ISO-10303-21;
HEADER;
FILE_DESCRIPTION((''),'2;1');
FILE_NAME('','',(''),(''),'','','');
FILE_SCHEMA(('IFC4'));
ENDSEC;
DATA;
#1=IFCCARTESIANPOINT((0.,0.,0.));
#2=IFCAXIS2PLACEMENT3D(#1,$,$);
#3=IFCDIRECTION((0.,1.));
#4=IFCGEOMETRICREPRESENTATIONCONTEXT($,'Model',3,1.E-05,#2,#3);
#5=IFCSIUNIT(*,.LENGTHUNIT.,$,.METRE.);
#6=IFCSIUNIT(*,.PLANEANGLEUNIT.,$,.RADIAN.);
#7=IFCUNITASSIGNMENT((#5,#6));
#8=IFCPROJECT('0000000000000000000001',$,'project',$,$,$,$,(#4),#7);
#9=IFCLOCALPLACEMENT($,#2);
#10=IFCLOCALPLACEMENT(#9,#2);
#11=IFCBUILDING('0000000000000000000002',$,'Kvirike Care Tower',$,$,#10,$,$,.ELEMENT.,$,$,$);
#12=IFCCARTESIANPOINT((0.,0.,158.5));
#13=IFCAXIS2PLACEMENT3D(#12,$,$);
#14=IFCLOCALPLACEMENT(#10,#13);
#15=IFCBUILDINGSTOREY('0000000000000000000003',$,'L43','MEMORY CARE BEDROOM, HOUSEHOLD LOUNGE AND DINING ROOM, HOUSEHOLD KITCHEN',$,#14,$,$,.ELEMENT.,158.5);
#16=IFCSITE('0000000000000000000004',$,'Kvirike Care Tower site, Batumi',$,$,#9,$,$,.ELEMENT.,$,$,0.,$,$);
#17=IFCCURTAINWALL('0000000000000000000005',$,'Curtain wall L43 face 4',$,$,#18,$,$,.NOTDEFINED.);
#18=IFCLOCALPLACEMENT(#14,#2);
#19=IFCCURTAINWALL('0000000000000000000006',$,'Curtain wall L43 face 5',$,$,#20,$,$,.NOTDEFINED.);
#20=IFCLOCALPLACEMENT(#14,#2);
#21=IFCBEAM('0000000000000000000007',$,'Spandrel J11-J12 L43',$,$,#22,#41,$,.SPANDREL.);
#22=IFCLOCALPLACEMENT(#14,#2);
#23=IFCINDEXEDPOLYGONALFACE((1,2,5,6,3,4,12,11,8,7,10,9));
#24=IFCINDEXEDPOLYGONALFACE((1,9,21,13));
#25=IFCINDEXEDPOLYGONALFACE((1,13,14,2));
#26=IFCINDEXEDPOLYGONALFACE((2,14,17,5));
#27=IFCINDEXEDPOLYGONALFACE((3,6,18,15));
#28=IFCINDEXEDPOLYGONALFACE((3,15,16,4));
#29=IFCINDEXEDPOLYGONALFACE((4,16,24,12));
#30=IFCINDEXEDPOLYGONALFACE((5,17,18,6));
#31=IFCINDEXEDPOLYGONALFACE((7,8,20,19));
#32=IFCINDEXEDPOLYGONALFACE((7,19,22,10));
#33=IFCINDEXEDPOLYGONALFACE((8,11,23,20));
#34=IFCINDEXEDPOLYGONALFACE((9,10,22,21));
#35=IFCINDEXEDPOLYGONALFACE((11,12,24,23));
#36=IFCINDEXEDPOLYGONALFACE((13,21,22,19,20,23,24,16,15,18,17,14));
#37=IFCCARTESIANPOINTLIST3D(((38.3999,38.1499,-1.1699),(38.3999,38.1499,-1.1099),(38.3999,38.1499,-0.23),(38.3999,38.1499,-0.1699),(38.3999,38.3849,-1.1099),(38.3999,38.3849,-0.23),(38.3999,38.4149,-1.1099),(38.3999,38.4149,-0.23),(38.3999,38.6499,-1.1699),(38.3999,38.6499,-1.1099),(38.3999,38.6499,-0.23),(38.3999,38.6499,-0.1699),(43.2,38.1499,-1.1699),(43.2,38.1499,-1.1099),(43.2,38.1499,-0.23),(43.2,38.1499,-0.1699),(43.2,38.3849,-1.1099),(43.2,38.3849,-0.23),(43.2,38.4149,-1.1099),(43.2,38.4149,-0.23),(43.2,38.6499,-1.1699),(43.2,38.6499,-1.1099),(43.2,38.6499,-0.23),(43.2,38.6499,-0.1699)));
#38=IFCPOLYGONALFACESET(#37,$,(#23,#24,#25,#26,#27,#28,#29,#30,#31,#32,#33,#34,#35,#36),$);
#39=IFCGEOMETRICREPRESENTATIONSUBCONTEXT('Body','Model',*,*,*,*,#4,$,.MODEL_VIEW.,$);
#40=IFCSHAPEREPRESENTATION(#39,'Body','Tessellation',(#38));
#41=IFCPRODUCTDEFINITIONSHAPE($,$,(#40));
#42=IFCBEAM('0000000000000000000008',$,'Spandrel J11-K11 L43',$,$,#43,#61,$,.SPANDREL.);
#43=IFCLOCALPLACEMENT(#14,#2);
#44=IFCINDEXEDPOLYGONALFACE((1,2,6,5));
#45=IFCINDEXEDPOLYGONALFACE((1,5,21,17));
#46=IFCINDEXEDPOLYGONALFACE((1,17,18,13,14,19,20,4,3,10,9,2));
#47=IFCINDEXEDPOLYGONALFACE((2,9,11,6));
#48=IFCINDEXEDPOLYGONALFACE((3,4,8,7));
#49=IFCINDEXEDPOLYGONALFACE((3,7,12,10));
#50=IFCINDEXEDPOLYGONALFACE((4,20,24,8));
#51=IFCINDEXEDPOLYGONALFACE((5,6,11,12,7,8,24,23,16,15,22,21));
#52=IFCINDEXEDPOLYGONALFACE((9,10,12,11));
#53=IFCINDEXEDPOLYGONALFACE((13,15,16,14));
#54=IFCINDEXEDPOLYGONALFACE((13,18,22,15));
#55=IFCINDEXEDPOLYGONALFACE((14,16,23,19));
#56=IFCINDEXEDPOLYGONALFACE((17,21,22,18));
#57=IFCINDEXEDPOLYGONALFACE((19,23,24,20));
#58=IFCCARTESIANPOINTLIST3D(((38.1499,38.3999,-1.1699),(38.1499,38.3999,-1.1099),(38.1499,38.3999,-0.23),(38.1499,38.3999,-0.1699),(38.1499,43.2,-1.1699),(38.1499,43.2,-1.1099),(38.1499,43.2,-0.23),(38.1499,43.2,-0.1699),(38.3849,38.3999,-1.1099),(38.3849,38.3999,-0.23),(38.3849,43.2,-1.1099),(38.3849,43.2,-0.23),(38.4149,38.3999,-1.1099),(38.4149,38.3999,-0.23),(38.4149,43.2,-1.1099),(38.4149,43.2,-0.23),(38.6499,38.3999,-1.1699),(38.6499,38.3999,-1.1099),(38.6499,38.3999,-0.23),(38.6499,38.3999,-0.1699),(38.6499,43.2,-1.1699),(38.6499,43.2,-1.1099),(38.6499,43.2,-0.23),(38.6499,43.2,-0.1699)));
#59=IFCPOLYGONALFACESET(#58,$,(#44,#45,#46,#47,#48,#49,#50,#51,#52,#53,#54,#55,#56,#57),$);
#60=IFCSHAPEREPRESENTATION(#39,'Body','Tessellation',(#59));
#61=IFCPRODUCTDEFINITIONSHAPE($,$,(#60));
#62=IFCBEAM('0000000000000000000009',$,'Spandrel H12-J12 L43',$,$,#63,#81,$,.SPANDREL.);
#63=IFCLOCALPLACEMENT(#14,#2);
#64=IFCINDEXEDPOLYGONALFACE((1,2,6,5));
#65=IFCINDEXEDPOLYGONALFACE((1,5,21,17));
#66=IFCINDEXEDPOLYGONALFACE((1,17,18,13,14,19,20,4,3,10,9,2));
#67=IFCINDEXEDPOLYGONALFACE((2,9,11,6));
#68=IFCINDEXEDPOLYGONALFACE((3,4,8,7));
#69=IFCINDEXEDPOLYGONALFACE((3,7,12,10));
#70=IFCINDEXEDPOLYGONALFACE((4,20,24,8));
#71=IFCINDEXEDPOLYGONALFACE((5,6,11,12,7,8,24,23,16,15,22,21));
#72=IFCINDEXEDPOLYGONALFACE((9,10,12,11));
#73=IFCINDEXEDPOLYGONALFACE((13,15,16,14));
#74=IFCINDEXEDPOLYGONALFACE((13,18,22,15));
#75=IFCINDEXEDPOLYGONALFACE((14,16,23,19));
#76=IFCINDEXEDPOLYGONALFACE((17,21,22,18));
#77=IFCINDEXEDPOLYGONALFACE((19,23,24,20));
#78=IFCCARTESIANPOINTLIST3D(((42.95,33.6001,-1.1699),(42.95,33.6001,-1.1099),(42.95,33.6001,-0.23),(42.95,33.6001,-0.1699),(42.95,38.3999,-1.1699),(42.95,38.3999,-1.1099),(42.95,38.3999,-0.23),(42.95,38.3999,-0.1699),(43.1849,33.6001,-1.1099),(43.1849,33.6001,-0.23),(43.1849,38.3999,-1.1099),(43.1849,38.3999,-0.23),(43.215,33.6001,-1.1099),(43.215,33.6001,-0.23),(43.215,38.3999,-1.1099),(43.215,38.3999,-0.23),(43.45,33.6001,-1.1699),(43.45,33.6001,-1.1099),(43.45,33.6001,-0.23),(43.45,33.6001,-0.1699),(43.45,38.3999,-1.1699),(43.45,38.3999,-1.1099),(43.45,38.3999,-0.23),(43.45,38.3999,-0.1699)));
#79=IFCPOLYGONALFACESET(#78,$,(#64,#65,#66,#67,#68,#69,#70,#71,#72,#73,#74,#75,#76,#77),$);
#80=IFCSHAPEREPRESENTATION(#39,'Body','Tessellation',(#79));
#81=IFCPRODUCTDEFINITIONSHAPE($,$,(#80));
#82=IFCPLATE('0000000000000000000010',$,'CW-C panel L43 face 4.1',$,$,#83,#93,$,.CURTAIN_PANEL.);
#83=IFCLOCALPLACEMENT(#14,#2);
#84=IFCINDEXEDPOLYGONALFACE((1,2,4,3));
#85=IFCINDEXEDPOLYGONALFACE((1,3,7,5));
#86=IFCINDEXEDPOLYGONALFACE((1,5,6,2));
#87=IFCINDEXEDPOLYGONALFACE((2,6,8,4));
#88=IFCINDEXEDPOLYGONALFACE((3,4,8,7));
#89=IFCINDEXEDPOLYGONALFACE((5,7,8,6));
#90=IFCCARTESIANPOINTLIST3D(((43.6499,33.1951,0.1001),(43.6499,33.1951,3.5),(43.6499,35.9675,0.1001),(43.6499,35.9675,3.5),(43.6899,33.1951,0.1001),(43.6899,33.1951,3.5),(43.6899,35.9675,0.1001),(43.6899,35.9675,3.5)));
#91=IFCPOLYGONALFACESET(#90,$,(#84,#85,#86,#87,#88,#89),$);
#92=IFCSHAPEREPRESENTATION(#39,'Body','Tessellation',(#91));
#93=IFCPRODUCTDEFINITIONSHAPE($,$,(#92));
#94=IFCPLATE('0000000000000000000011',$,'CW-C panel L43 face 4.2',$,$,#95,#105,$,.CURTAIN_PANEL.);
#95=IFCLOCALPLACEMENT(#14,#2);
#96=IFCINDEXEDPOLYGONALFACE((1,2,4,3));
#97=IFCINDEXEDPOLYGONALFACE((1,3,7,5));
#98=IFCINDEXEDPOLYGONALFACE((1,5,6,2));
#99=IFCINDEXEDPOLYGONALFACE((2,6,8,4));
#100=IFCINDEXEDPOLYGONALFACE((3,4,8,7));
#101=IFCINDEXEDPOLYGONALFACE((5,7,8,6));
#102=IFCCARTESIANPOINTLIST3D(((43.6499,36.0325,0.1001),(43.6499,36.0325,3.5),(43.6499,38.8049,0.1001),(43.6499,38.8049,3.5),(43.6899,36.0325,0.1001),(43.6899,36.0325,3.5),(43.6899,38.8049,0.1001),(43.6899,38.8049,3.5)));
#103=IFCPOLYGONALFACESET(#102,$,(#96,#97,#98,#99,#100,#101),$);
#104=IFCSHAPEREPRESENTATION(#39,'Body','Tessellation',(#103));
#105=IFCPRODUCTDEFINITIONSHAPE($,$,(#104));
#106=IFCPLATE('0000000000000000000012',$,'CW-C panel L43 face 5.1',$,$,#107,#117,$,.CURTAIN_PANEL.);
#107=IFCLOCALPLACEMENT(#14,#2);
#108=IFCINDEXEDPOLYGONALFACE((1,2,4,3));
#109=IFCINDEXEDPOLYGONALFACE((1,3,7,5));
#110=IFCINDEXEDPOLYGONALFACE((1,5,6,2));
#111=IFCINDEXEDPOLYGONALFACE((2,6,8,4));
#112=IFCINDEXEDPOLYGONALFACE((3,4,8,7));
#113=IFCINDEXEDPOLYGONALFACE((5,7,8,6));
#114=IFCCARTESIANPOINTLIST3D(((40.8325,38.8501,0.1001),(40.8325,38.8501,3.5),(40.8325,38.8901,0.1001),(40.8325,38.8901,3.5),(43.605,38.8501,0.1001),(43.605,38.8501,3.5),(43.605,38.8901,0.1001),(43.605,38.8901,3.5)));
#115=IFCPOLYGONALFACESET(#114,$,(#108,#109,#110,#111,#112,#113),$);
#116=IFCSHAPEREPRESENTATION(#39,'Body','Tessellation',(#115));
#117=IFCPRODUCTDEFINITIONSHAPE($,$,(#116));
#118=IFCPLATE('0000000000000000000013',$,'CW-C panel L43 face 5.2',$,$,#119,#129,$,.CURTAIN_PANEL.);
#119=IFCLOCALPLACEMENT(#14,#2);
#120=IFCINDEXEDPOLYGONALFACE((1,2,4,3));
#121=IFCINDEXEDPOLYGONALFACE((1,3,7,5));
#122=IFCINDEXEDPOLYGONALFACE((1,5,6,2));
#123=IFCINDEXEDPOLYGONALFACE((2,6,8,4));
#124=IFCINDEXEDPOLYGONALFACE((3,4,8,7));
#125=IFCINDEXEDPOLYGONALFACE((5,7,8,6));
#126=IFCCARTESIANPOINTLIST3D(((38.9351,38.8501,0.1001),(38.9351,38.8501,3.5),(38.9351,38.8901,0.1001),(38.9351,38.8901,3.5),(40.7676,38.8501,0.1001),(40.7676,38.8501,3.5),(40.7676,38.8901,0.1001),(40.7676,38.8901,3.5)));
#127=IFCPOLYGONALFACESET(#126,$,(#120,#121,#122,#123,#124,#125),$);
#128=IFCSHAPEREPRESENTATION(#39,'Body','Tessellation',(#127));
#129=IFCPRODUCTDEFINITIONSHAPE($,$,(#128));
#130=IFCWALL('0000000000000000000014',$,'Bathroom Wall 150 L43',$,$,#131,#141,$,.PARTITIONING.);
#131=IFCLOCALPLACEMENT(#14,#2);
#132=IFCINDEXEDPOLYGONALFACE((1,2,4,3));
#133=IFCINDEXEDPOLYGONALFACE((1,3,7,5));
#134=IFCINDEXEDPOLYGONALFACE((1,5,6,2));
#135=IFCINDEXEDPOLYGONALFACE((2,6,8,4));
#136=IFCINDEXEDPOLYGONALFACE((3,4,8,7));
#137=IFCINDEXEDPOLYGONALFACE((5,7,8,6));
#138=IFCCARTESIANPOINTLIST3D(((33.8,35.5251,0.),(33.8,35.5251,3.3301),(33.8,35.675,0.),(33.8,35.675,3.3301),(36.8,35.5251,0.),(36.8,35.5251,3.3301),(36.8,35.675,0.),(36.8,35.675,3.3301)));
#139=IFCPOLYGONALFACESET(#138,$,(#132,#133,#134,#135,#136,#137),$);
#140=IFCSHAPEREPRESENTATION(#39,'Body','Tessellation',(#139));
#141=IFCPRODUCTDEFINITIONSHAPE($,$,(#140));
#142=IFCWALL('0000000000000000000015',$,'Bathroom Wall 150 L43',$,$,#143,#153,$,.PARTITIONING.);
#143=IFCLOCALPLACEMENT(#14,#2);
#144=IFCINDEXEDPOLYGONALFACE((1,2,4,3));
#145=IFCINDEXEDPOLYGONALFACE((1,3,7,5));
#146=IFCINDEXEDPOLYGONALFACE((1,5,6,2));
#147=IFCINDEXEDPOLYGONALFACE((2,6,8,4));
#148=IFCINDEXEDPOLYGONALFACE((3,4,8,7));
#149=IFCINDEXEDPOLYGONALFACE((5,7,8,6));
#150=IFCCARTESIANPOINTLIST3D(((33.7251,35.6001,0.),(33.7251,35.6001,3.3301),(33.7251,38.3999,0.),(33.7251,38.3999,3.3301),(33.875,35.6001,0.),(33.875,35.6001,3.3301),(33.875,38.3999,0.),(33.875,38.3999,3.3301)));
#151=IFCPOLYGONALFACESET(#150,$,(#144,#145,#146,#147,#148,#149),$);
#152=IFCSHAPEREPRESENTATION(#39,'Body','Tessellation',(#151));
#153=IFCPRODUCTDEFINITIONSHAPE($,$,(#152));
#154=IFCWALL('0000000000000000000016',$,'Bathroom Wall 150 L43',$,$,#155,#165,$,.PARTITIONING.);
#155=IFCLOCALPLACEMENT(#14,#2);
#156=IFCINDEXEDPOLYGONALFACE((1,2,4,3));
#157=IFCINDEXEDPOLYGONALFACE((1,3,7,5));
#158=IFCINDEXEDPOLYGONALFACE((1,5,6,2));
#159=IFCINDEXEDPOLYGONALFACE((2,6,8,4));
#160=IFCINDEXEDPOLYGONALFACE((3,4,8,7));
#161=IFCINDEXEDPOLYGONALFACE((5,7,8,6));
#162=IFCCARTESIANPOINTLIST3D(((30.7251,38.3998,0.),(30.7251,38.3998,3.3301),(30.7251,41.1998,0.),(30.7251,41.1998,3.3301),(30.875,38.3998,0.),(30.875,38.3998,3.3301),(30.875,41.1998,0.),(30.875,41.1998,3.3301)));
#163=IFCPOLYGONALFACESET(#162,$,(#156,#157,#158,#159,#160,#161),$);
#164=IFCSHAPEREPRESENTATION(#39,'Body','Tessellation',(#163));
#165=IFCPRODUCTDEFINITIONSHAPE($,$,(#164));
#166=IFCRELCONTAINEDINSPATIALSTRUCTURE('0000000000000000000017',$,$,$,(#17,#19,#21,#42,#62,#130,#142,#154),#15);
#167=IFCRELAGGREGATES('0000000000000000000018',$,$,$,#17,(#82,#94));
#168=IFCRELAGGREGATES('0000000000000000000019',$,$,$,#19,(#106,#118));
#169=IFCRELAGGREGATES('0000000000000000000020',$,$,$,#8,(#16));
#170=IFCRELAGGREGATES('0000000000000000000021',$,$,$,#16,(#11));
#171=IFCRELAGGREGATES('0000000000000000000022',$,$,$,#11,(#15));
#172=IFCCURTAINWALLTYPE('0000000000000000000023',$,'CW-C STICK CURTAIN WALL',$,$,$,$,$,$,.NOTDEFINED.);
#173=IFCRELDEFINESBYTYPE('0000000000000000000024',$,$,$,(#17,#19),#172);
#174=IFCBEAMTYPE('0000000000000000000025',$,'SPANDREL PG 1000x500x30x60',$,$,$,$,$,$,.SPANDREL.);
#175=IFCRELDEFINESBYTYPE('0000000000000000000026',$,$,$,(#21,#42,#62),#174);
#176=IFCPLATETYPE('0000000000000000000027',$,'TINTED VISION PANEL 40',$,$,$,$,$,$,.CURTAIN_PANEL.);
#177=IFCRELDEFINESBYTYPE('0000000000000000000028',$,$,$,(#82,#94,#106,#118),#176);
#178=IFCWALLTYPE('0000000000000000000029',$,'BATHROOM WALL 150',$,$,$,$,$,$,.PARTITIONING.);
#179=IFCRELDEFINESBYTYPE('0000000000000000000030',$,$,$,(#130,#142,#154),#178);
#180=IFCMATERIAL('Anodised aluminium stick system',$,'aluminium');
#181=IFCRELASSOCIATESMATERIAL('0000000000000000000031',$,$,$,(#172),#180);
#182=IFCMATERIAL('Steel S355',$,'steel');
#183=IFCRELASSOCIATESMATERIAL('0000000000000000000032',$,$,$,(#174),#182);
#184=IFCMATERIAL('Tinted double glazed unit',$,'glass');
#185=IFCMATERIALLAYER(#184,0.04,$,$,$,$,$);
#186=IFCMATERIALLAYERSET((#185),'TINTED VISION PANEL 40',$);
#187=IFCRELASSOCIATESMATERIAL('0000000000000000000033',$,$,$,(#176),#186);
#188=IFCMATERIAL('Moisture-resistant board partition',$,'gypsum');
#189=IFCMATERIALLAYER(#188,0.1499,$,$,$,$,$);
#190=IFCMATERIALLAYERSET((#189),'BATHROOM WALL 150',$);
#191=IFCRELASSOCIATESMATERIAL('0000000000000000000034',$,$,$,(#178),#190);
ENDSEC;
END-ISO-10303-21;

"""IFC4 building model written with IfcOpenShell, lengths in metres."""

from ifc_helpers import new_model, si_unit, direction, frame, frame_2d, origin, origin_2d, place, context, subcontext, project, spatial, rectangle, i_section, extrude, material, layer, layer_set, material_profile, profile_set, type_object, element, aggregate, save


model = new_model("IFC4")

# Units and contexts
model_context = context("Model", 3, precision=1e-05, world=origin(), true_north=direction((0.0, 1.0)))
body_context = subcontext(model_context, "Body", "Model", "MODEL_VIEW")
ifc_project = project(units=[si_unit("LENGTHUNIT", "METRE"), si_unit("PLANEANGLEUNIT", "RADIAN")], contexts=[model_context])

# Site, building, storey
site_placement = place(None, origin())
site = spatial("IfcSite", under=ifc_project, at=site_placement, Name="Kvirike Care Tower site, Batumi", CompositionType="ELEMENT", RefElevation=0.0)
building_placement = place(site_placement, origin())
building = spatial("IfcBuilding", under=site, at=building_placement, Name="Kvirike Care Tower", CompositionType="ELEMENT")
storey_placement = place(building_placement, frame((0.0, 0.0, 158.5)))
storey = spatial("IfcBuildingStorey", under=building, at=storey_placement, Name="L43", Description="MEMORY CARE BEDROOM, HOUSEHOLD LOUNGE AND DINING ROOM, HOUSEHOLD KITCHEN", CompositionType="ELEMENT", Elevation=158.5)

# Curtain walls
ifc_material_1 = material(Name="Anodised aluminium stick system", Category="aluminium")
curtain_wall_type = type_object("IfcCurtainWallType", Name="CW-C STICK CURTAIN WALL", PredefinedType="NOTDEFINED", material=ifc_material_1)
curtain_wall_1_placement = place(storey_placement, origin())
curtain_wall_1 = element("IfcCurtainWall", 1, at=curtain_wall_1_placement, inside=storey, type_object=curtain_wall_type, Name="Curtain wall L43 face 4", PredefinedType="NOTDEFINED")
curtain_wall_2_placement = place(storey_placement, origin())
curtain_wall_2 = element("IfcCurtainWall", 2, at=curtain_wall_2_placement, inside=storey, type_object=curtain_wall_type, Name="Curtain wall L43 face 5", PredefinedType="NOTDEFINED")

# Beams
ifc_material_2 = material(Name="Steel S355", Category="steel")
ifc_material_profile_1 = material_profile(ifc_material_2, i_section(OverallWidth=0.5, OverallDepth=1.0, WebThickness=0.03, FlangeThickness=0.0601, at=origin_2d()), Name="PG 1000x500x30x60")
ifc_profile_set_1 = profile_set([ifc_material_profile_1], Name="Steel S355")
beam_type = type_object("IfcBeamType", Name="SPANDREL PG 1000x500x30x60", PredefinedType="SPANDREL", material=ifc_profile_set_1)
for number, where, z_axis, x_axis, name in (
    (3, (38.3999, 38.3999, -0.6699), (1.0, 0.0, 0.0), (0.0, 1.0, 0.0), "Spandrel J11-J12 L43"),
    (4, (38.3999, 38.3999, -0.6699), (0.0, 1.0, 0.0), (-1.0, 0.0, 0.0), "Spandrel J11-K11 L43"),
):
    element("IfcBeam", number, at=place(storey_placement, frame(where, z_axis=z_axis, x_axis=x_axis)), inside=storey, type_object=beam_type, Name=name, PredefinedType="SPANDREL", context=body_context, shape_type="SweptSolid", body=[
        extrude(i_section(OverallWidth=0.5, OverallDepth=1.0, WebThickness=0.03, FlangeThickness=0.0601, at=origin_2d()), origin(), (0.0, 0.0, 1.0), 4.8),
    ])
beam_placement = place(storey_placement, frame((43.2, 33.6001, -0.6699), z_axis=(0.0, 1.0, 0.0), x_axis=(-1.0, 0.0, 0.0)))
element("IfcBeam", 5, at=beam_placement, inside=storey, type_object=beam_type, Name="Spandrel H12-J12 L43", PredefinedType="SPANDREL", context=body_context, shape_type="SweptSolid", body=[
    extrude(i_section(OverallWidth=0.5, OverallDepth=1.0, WebThickness=0.03, FlangeThickness=0.0601, at=origin_2d()), origin(), (0.0, 0.0, 1.0), 4.7998),
])

# Plates
ifc_material_3 = material(Name="Tinted double glazed unit", Category="glass")
ifc_layer_1 = layer(ifc_material_3, 0.04)
ifc_layer_set_1 = layer_set([ifc_layer_1], Name="TINTED VISION PANEL 40")
plate_type = type_object("IfcPlateType", Name="TINTED VISION PANEL 40", PredefinedType="CURTAIN_PANEL", material=ifc_layer_set_1)
plate_1_placement = place(storey_placement, frame((43.6699, 34.5813, 0.1001), z_axis=(0.0, 0.0, 1.0), x_axis=(0.0, 1.0, 0.0)))
plate_1 = element("IfcPlate", 6, at=plate_1_placement, type_object=plate_type, Name="CW-C panel L43 face 4.1", PredefinedType="CURTAIN_PANEL", context=body_context, shape_type="SweptSolid", body=[
    extrude(rectangle(XDim=2.7725, YDim=0.04, at=origin_2d()), origin(), (0.0, 0.0, 1.0), 3.3999),
])
plate_2_placement = place(storey_placement, frame((43.6699, 37.4187, 0.1001), z_axis=(0.0, 0.0, 1.0), x_axis=(0.0, 1.0, 0.0)))
plate_2 = element("IfcPlate", 7, at=plate_2_placement, type_object=plate_type, Name="CW-C panel L43 face 4.2", PredefinedType="CURTAIN_PANEL", context=body_context, shape_type="SweptSolid", body=[
    extrude(rectangle(XDim=2.7725, YDim=0.04, at=origin_2d()), origin(), (0.0, 0.0, 1.0), 3.3999),
])
aggregate(curtain_wall_1, [plate_1, plate_2])
plate_3_placement = place(storey_placement, frame((42.2188, 38.8701, 0.1001), z_axis=(0.0, 0.0, 1.0), x_axis=(-1.0, 0.0, 0.0)))
plate_3 = element("IfcPlate", 8, at=plate_3_placement, type_object=plate_type, Name="CW-C panel L43 face 5.1", PredefinedType="CURTAIN_PANEL", context=body_context, shape_type="SweptSolid", body=[
    extrude(rectangle(XDim=2.7725, YDim=0.04, at=origin_2d()), origin(), (0.0, 0.0, 1.0), 3.3999),
])
plate_4_placement = place(storey_placement, frame((39.8513, 38.8701, 0.1001), z_axis=(0.0, 0.0, 1.0), x_axis=(-1.0, 0.0, 0.0)))
plate_4 = element("IfcPlate", 9, at=plate_4_placement, type_object=plate_type, Name="CW-C panel L43 face 5.2", PredefinedType="CURTAIN_PANEL", context=body_context, shape_type="SweptSolid", body=[
    extrude(rectangle(XDim=1.8325, YDim=0.04, at=origin_2d()), origin(), (0.0, 0.0, 1.0), 3.3999),
])
aggregate(curtain_wall_2, [plate_3, plate_4])

# Walls
ifc_material_4 = material(Name="Moisture-resistant board partition", Category="gypsum")
ifc_layer_2 = layer(ifc_material_4, 0.1499)
ifc_layer_set_2 = layer_set([ifc_layer_2], Name="BATHROOM WALL 150")
wall_type_1 = type_object("IfcWallType", Name="BATHROOM WALL 150", PredefinedType="PARTITIONING", material=ifc_layer_set_2)
wall_1_placement = place(storey_placement, frame((36.8, 35.6001, 0.0), z_axis=(0.0, 0.0, 1.0), x_axis=(-1.0, 0.0, 0.0)))
element("IfcWall", 10, at=wall_1_placement, inside=storey, type_object=wall_type_1, Name="Bathroom Wall 150 L43", PredefinedType="PARTITIONING", context=body_context, shape_type="SweptSolid", body=[
    extrude(rectangle(XDim=3.0, YDim=0.1499, at=frame_2d((1.5, 0.0))), origin(), (0.0, 0.0, 1.0), 3.3301),
])
wall_2_placement = place(storey_placement, frame((33.8, 35.6001, 0.0), z_axis=(0.0, 0.0, 1.0), x_axis=(0.0, 1.0, 0.0)))
element("IfcWall", 11, at=wall_2_placement, inside=storey, type_object=wall_type_1, Name="Bathroom Wall 150 L43", PredefinedType="PARTITIONING", context=body_context, shape_type="SweptSolid", body=[
    extrude(rectangle(XDim=2.7998, YDim=0.1499, at=frame_2d((1.3999, 0.0))), origin(), (0.0, 0.0, 1.0), 3.3301),
])
wall_3_placement = place(storey_placement, frame((30.8, 38.3999, 0.0), z_axis=(0.0, 0.0, 1.0), x_axis=(0.0, 1.0, 0.0)))
element("IfcWall", 12, at=wall_3_placement, inside=storey, type_object=wall_type_1, Name="Bathroom Wall 150 L43", PredefinedType="PARTITIONING", context=body_context, shape_type="SweptSolid", body=[
    extrude(rectangle(XDim=2.8, YDim=0.1499, at=frame_2d((1.3999, 0.0))), origin(), (0.0, 0.0, 1.0), 3.3301),
])

save(model, "model.ifc")
